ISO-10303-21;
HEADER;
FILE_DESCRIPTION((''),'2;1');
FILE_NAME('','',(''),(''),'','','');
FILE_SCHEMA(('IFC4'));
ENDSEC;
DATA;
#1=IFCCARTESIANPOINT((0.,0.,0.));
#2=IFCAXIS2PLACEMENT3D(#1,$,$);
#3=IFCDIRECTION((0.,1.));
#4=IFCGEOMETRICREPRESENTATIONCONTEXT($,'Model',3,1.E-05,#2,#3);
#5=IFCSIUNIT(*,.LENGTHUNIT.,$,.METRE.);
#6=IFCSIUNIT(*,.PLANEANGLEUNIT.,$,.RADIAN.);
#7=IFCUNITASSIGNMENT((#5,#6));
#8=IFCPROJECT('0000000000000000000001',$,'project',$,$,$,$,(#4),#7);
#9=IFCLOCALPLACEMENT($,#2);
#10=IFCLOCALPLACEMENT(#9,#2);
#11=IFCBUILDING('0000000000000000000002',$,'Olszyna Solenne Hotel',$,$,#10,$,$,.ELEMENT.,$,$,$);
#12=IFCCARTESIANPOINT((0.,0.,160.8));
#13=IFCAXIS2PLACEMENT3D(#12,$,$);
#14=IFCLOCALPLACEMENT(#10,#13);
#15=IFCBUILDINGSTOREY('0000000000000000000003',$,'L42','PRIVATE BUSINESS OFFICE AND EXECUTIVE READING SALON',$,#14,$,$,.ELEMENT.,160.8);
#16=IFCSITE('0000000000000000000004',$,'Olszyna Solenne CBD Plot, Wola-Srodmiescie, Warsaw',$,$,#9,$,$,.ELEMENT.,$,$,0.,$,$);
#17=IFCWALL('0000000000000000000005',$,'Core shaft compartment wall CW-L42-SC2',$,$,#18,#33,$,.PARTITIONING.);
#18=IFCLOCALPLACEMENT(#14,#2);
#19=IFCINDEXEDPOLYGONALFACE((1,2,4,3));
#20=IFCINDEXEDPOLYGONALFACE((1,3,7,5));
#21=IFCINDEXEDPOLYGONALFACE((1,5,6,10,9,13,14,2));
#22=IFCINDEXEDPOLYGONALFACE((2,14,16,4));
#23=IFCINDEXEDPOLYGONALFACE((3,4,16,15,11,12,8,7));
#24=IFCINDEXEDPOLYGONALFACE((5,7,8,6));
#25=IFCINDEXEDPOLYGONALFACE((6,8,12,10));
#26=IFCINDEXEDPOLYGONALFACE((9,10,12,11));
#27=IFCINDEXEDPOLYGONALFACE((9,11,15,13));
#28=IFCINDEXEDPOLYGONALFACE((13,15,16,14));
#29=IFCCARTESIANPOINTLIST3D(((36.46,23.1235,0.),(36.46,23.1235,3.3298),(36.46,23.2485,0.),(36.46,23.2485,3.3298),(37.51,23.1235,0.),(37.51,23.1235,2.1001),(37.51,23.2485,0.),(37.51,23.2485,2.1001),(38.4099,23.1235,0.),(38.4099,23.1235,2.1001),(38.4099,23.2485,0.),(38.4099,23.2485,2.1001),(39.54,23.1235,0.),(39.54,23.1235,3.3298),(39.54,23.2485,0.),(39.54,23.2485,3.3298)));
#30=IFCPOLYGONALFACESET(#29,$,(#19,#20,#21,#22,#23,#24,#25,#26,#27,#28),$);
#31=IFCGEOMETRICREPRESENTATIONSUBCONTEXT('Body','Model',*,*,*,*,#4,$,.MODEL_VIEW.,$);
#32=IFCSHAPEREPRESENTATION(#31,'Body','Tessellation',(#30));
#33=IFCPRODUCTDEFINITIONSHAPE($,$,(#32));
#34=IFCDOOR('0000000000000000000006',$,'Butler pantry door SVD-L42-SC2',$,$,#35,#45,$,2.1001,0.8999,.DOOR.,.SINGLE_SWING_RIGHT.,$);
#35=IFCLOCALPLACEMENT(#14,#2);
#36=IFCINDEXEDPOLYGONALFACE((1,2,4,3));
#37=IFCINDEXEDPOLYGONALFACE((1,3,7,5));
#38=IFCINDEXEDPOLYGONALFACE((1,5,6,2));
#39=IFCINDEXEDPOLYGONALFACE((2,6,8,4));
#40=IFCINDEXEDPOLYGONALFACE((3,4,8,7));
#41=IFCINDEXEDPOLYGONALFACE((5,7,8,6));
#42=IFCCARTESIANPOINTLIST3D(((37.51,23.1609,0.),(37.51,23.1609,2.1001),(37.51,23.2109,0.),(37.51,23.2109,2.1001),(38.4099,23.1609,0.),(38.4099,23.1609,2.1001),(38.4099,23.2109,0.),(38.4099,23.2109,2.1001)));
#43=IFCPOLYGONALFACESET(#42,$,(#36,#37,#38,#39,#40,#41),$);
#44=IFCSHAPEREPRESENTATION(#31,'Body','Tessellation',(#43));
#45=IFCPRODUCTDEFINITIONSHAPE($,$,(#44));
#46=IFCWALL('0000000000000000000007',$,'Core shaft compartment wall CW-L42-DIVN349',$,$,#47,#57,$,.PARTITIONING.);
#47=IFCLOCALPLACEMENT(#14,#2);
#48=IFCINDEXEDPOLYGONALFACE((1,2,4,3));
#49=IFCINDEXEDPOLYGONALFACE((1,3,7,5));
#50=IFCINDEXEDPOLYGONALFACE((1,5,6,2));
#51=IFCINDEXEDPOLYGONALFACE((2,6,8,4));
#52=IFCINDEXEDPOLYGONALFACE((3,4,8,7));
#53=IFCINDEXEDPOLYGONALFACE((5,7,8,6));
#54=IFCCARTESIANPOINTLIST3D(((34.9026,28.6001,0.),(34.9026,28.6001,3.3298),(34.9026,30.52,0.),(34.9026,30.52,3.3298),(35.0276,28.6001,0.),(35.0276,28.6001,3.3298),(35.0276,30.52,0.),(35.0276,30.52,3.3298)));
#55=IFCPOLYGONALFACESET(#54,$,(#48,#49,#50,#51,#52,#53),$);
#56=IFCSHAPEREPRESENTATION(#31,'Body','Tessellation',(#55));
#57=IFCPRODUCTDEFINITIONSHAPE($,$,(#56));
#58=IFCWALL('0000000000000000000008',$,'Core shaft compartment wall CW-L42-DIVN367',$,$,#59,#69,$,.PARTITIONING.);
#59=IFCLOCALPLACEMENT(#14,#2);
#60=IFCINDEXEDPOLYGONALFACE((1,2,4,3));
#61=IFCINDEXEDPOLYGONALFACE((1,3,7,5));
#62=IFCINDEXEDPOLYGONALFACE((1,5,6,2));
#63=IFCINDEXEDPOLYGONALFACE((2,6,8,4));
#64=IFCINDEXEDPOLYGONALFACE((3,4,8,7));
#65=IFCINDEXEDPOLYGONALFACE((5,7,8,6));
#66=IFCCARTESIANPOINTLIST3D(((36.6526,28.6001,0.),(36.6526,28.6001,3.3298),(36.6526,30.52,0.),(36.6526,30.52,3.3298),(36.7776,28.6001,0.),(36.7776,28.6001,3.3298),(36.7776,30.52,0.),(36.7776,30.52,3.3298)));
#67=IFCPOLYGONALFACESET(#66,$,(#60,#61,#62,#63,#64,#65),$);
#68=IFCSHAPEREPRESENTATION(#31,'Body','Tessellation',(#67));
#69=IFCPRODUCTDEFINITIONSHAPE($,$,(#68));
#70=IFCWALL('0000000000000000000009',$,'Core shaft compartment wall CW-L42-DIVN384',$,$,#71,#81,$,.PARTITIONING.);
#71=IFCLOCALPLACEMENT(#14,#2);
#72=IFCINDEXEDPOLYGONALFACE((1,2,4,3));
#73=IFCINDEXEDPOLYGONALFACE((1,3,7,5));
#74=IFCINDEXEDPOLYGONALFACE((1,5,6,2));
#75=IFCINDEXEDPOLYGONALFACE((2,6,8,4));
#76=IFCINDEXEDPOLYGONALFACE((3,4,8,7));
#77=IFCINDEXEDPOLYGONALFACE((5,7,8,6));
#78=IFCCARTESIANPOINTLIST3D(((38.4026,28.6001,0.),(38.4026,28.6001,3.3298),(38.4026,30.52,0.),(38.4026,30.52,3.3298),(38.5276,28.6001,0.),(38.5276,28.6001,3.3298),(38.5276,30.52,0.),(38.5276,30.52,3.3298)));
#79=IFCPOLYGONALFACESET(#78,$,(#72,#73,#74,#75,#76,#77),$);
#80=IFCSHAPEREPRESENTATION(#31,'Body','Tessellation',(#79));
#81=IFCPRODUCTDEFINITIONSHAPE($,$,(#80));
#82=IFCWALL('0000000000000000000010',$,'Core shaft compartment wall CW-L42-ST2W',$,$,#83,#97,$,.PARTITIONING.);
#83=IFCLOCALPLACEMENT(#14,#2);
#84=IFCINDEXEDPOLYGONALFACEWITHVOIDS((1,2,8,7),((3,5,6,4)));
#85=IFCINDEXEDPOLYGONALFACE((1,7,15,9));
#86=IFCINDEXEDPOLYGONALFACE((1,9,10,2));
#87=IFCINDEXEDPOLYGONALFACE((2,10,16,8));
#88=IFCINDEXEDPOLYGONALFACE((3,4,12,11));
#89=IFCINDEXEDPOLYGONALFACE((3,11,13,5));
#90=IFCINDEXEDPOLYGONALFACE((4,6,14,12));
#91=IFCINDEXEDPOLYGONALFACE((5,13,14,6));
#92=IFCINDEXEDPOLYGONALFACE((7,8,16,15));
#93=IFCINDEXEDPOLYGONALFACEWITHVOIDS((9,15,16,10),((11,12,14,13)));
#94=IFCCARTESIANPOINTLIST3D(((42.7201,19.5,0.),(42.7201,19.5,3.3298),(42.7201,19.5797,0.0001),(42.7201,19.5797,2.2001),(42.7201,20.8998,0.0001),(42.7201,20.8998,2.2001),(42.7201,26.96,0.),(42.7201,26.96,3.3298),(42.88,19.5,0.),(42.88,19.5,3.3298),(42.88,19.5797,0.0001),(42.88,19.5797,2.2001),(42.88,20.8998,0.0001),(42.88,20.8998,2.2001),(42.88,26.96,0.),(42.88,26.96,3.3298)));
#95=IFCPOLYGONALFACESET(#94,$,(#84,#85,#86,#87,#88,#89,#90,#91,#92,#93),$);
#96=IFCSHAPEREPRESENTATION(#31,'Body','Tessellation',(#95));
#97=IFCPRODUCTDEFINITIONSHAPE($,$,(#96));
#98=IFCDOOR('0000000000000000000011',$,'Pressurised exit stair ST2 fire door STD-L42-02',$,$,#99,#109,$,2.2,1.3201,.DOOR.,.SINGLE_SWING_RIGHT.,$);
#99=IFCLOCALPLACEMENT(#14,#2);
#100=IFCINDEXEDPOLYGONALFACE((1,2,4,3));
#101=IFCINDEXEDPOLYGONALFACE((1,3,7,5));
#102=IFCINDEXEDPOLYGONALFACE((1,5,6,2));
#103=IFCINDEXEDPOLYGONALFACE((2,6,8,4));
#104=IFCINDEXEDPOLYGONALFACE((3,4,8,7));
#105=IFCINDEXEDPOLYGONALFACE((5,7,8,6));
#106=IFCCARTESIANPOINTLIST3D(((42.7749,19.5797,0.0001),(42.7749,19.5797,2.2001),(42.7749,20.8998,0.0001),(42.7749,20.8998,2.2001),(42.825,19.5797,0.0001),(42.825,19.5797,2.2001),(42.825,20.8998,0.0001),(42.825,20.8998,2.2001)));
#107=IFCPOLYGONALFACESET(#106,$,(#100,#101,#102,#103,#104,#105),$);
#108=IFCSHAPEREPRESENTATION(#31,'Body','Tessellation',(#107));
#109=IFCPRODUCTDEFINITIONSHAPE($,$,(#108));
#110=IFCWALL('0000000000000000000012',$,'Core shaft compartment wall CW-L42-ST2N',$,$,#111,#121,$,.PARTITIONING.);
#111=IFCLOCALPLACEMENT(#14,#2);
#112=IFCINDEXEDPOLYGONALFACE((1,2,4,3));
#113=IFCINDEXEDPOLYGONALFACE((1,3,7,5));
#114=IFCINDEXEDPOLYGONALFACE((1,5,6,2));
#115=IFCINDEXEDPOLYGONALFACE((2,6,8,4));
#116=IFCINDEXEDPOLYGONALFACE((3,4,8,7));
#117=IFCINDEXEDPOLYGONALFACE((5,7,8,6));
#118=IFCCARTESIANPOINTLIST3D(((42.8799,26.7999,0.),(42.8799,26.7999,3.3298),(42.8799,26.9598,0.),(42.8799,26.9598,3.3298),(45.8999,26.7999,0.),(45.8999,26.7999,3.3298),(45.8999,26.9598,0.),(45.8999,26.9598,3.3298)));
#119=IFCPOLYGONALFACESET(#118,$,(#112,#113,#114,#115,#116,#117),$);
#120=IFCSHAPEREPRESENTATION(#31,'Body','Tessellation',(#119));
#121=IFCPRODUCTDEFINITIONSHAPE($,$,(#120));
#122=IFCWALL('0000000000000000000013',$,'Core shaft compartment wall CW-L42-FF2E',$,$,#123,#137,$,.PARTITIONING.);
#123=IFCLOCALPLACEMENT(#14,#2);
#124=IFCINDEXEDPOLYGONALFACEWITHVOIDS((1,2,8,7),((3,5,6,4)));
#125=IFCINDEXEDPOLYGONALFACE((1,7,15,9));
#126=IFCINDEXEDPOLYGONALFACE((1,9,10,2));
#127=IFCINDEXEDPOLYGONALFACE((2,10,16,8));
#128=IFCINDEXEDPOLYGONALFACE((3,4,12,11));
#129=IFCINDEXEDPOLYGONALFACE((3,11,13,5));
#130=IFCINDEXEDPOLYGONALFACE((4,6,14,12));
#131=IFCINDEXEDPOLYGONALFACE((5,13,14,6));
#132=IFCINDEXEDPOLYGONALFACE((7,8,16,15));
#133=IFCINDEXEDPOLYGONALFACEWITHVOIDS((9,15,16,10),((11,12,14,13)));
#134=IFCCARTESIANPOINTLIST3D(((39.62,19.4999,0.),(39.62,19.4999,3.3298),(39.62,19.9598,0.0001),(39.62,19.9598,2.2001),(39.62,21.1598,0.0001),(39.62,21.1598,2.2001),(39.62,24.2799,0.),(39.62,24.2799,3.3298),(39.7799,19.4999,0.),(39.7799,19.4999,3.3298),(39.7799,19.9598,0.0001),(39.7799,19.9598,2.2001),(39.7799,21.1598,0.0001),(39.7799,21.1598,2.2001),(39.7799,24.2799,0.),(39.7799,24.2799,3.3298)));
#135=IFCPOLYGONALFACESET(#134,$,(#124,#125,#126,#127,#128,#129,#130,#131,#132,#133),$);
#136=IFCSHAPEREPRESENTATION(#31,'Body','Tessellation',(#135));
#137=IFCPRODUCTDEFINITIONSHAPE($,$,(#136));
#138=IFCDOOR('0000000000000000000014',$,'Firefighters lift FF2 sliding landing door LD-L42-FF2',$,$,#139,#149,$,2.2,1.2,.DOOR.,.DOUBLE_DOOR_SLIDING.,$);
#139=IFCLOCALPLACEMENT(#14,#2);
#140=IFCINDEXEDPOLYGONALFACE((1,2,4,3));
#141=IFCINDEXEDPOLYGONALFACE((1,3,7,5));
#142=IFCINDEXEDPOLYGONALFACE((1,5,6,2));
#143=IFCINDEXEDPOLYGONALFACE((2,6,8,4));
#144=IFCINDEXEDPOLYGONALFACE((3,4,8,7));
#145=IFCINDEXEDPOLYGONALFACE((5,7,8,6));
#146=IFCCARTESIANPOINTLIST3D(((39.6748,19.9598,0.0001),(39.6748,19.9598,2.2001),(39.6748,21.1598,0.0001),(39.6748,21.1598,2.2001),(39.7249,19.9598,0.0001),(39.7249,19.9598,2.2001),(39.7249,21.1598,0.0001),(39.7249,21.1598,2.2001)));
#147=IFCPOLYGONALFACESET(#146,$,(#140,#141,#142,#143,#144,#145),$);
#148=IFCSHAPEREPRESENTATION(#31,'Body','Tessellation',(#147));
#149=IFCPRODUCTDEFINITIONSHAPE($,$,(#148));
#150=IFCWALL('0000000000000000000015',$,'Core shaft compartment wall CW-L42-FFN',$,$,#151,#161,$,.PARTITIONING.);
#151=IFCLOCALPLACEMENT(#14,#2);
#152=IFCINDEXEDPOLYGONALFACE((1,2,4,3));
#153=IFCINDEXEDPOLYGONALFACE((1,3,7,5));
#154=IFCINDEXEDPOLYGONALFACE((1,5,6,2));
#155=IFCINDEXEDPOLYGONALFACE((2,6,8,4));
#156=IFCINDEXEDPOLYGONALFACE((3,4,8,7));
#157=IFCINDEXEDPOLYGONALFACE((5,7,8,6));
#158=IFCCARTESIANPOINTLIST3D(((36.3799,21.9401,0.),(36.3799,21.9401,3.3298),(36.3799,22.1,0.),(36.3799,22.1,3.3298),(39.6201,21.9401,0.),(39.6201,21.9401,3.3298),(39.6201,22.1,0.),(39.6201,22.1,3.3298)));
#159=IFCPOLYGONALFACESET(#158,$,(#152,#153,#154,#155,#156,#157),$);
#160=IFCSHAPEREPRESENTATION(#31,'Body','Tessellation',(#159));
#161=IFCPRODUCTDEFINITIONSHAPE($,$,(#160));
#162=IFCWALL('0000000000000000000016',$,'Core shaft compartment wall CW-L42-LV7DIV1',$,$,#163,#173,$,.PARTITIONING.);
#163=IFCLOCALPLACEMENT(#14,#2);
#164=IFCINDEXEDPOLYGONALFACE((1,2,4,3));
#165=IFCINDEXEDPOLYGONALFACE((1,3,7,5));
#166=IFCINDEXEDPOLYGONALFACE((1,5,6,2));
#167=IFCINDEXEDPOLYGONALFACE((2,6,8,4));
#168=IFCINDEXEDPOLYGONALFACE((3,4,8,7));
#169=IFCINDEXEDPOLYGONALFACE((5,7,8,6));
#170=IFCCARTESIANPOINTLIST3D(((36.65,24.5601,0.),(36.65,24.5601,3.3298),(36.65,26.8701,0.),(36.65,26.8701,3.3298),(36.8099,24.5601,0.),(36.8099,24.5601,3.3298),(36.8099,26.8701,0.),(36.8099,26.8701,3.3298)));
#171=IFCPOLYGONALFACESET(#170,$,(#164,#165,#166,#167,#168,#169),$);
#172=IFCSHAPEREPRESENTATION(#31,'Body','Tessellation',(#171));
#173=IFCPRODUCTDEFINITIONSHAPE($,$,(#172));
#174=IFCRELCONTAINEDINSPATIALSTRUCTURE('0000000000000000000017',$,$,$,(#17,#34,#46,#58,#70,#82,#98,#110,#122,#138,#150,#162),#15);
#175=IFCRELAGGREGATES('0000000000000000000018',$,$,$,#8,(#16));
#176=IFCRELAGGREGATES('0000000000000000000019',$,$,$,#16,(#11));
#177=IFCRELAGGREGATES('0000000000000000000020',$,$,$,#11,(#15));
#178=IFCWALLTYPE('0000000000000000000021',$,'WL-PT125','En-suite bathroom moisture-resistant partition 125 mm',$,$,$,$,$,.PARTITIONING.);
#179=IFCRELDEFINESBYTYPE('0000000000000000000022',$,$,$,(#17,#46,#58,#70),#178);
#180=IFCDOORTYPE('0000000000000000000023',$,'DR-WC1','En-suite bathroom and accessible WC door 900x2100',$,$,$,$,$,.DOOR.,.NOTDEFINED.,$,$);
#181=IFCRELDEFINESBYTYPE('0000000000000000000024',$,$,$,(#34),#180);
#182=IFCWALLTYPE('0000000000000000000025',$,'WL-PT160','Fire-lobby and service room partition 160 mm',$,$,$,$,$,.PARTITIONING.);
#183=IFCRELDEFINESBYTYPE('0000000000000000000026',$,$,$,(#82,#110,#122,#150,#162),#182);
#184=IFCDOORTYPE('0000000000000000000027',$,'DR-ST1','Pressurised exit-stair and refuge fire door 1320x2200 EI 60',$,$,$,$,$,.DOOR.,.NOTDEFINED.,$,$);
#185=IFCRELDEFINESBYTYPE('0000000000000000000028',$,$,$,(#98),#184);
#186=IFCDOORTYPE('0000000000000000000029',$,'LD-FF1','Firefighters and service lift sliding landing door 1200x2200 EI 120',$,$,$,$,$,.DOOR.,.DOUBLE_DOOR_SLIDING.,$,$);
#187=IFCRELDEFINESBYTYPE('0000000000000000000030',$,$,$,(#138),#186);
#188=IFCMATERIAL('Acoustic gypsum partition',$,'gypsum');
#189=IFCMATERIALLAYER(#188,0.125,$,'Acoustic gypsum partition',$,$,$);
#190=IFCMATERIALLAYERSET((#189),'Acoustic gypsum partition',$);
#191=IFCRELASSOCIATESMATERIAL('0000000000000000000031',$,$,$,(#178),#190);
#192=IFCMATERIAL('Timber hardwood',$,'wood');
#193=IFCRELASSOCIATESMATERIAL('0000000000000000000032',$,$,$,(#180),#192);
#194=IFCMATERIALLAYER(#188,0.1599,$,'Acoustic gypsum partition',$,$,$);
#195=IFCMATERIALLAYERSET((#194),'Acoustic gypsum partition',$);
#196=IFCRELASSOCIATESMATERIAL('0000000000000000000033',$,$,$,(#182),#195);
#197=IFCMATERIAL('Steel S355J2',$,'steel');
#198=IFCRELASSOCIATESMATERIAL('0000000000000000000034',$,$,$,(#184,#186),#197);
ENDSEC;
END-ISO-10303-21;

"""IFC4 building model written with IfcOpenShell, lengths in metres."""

from ifc_helpers import new_model, si_unit, direction, frame, frame_2d, origin, place, context, subcontext, project, spatial, rectangle, extrude, source, transform, mapped, material, layer, layer_set, type_object, type_shapes, element, fill, save


model = new_model("IFC4")

# Units and contexts
model_context = context("Model", 3, precision=1e-05, world=origin(), true_north=direction((0.0, 1.0)))
body_context = subcontext(model_context, "Body", "Model", "MODEL_VIEW")
ifc_project = project(units=[si_unit("LENGTHUNIT", "METRE"), si_unit("PLANEANGLEUNIT", "RADIAN")], contexts=[model_context])

# Site, building, storey
site_placement = place(None, origin())
site = spatial("IfcSite", under=ifc_project, at=site_placement, Name="Olszyna Solenne CBD Plot, Wola-Srodmiescie, Warsaw", CompositionType="ELEMENT", RefElevation=0.0)
building_placement = place(site_placement, origin())
building = spatial("IfcBuilding", under=site, at=building_placement, Name="Olszyna Solenne Hotel", CompositionType="ELEMENT")
storey_placement = place(building_placement, frame((0.0, 0.0, 160.8)))
storey = spatial("IfcBuildingStorey", under=building, at=storey_placement, Name="L42", Description="PRIVATE BUSINESS OFFICE AND EXECUTIVE READING SALON", CompositionType="ELEMENT", Elevation=160.8)

# Shared definitions
ifc_material_1 = material(Name="Steel S355J2", Category="steel")

# Wall, opening, door
ifc_material_2 = material(Name="Acoustic gypsum partition", Category="gypsum")
ifc_layer_1 = layer(ifc_material_2, 0.125, Name="Acoustic gypsum partition")
ifc_layer_set_1 = layer_set([ifc_layer_1], Name="Acoustic gypsum partition")
wall_type_1 = type_object("IfcWallType", Name="WL-PT125", Description="En-suite bathroom moisture-resistant partition 125 mm", PredefinedType="PARTITIONING", material=ifc_layer_set_1)
wall_1_placement = place(storey_placement, frame((36.46, 23.186, 0.0), z_axis=(0.0, 0.0, 1.0), x_axis=(1.0, 0.0, 0.0)))
wall_1 = element("IfcWall", 1, at=wall_1_placement, inside=storey, type_object=wall_type_1, Name="Core shaft compartment wall CW-L42-SC2", PredefinedType="PARTITIONING", context=body_context, shape_type="SweptSolid", body=[
    extrude(rectangle(XDim=3.0801, YDim=0.125, at=frame_2d((1.54, 0.0))), origin(), (0.0, 0.0, 1.0), 3.3298),
])
opening_1_placement = place(wall_1_placement, frame((1.05, 0.0, 0.0)))
opening_1 = element("IfcOpeningElement", 2, at=opening_1_placement, cuts=wall_1, PredefinedType="OPENING", context=body_context, shape_type="SweptSolid", body=[
    extrude(rectangle(XDim=0.8999, YDim=2.1001, at=frame_2d((0.45, 1.05))), frame((0.0, 0.0725, 0.0), z_axis=(0.0, -1.0, 0.0), x_axis=(1.0, 0.0, 0.0)), (0.0, 0.0, 1.0), 0.145),
])
ifc_material_3 = material(Name="Timber hardwood", Category="wood")
door_type_1 = type_object("IfcDoorType", Name="DR-WC1", Description="En-suite bathroom and accessible WC door 900x2100", OperationType="NOTDEFINED", PredefinedType="DOOR", material=ifc_material_3)
shared_shape_1 = source(origin(), body_context, "Body", "SweptSolid", [
    extrude(rectangle(XDim=0.8999, YDim=2.1001, at=frame_2d((0.45, 1.05))), frame((0.0, 0.0249, 0.0), z_axis=(0.0, -1.0, 0.0), x_axis=(1.0, 0.0, 0.0)), (0.0, 0.0, 1.0), 0.05),
])
type_shapes(door_type_1, [shared_shape_1])
door_1_placement = place(opening_1_placement, origin())
door_1 = element("IfcDoor", 3, at=door_1_placement, inside=storey, type_object=door_type_1, Name="Butler pantry door SVD-L42-SC2", OperationType="SINGLE_SWING_RIGHT", OverallHeight=2.1001, OverallWidth=0.8999, PredefinedType="DOOR", context=body_context, shape_type="MappedRepresentation", body=[
    mapped(shared_shape_1, transform((0.0, 0.0, 0.0), x_axis=(1.0, 0.0, 0.0), y_axis=(0.0, 1.0, 0.0), z_axis=(0.0, 0.0, 1.0), scale=1.0)),
])
fill(opening_1, door_1)

# Walls
for number, where, z_axis, x_axis, name in (
    (4, (34.9651, 28.6001, 0.0), (0.0, 0.0, 1.0), (0.0, 1.0, 0.0), "Core shaft compartment wall CW-L42-DIVN349"),
    (5, (36.7151, 28.6001, 0.0), (0.0, 0.0, 1.0), (0.0, 1.0, 0.0), "Core shaft compartment wall CW-L42-DIVN367"),
    (6, (38.4651, 28.6001, 0.0), (0.0, 0.0, 1.0), (0.0, 1.0, 0.0), "Core shaft compartment wall CW-L42-DIVN384"),
):
    element("IfcWall", number, at=place(storey_placement, frame(where, z_axis=z_axis, x_axis=x_axis)), inside=storey, type_object=wall_type_1, Name=name, PredefinedType="PARTITIONING", context=body_context, shape_type="SweptSolid", body=[
        extrude(rectangle(XDim=1.9199, YDim=0.125, at=frame_2d((0.96, 0.0))), origin(), (0.0, 0.0, 1.0), 3.3298),
    ])

# Wall, opening, door
ifc_layer_2 = layer(ifc_material_2, 0.1599, Name="Acoustic gypsum partition")
ifc_layer_set_2 = layer_set([ifc_layer_2], Name="Acoustic gypsum partition")
wall_type_2 = type_object("IfcWallType", Name="WL-PT160", Description="Fire-lobby and service room partition 160 mm", PredefinedType="PARTITIONING", material=ifc_layer_set_2)
wall_2_placement = place(storey_placement, frame((42.8, 26.96, 0.0), z_axis=(0.0, 0.0, 1.0), x_axis=(0.0, -1.0, 0.0)))
wall_2 = element("IfcWall", 7, at=wall_2_placement, inside=storey, type_object=wall_type_2, Name="Core shaft compartment wall CW-L42-ST2W", PredefinedType="PARTITIONING", context=body_context, shape_type="SweptSolid", body=[
    extrude(rectangle(XDim=7.46, YDim=0.1599, at=frame_2d((3.73, 0.0))), origin(), (0.0, 0.0, 1.0), 3.3298),
])
opening_2_placement = place(wall_2_placement, frame((6.0601, 0.0, 0.0)))
opening_2 = element("IfcOpeningElement", 8, at=opening_2_placement, cuts=wall_2, PredefinedType="OPENING", context=body_context, shape_type="SweptSolid", body=[
    extrude(rectangle(XDim=1.3201, YDim=2.2, at=frame_2d((0.6602, 1.1001))), frame((0.0, 0.0898, 0.0), z_axis=(0.0, -1.0, 0.0), x_axis=(1.0, 0.0, 0.0)), (0.0, 0.0, 1.0), 0.1799),
])
door_type_2 = type_object("IfcDoorType", Name="DR-ST1", Description="Pressurised exit-stair and refuge fire door 1320x2200 EI 60", OperationType="NOTDEFINED", PredefinedType="DOOR", material=ifc_material_1)
shared_shape_2 = source(origin(), body_context, "Body", "SweptSolid", [
    extrude(rectangle(XDim=1.3201, YDim=2.2, at=frame_2d((0.6602, 1.1001))), frame((0.0, 0.0249, 0.0), z_axis=(0.0, -1.0, 0.0), x_axis=(1.0, 0.0, 0.0)), (0.0, 0.0, 1.0), 0.05),
])
type_shapes(door_type_2, [shared_shape_2])
door_2_placement = place(opening_2_placement, origin())
door_2 = element("IfcDoor", 9, at=door_2_placement, inside=storey, type_object=door_type_2, Name="Pressurised exit stair ST2 fire door STD-L42-02", OperationType="SINGLE_SWING_RIGHT", OverallHeight=2.2, OverallWidth=1.3201, PredefinedType="DOOR", context=body_context, shape_type="MappedRepresentation", body=[
    mapped(shared_shape_2, transform((0.0, 0.0, 0.0), x_axis=(1.0, 0.0, 0.0), y_axis=(0.0, 1.0, 0.0), z_axis=(0.0, 0.0, 1.0), scale=1.0)),
])
fill(opening_2, door_2)

# Wall
wall_3_placement = place(storey_placement, frame((42.8799, 26.8799, 0.0), z_axis=(0.0, 0.0, 1.0), x_axis=(1.0, 0.0, 0.0)))
element("IfcWall", 10, at=wall_3_placement, inside=storey, type_object=wall_type_2, Name="Core shaft compartment wall CW-L42-ST2N", PredefinedType="PARTITIONING", context=body_context, shape_type="SweptSolid", body=[
    extrude(rectangle(XDim=3.02, YDim=0.1599, at=frame_2d((1.51, 0.0))), origin(), (0.0, 0.0, 1.0), 3.3298),
])

# Wall, opening, door
wall_4_placement = place(storey_placement, frame((39.7, 24.28, 0.0), z_axis=(0.0, 0.0, 1.0), x_axis=(0.0, -1.0, 0.0)))
wall_4 = element("IfcWall", 11, at=wall_4_placement, inside=storey, type_object=wall_type_2, Name="Core shaft compartment wall CW-L42-FF2E", PredefinedType="PARTITIONING", context=body_context, shape_type="SweptSolid", body=[
    extrude(rectangle(XDim=4.78, YDim=0.1599, at=frame_2d((2.3901, 0.0))), origin(), (0.0, 0.0, 1.0), 3.3298),
])
opening_3_placement = place(wall_4_placement, frame((3.1201, 0.0, 0.0)))
opening_3 = element("IfcOpeningElement", 12, at=opening_3_placement, cuts=wall_4, PredefinedType="OPENING", context=body_context, shape_type="SweptSolid", body=[
    extrude(rectangle(XDim=1.2, YDim=2.2, at=frame_2d((0.6001, 1.1001))), frame((0.0, 0.0898, 0.0), z_axis=(0.0, -1.0, 0.0), x_axis=(1.0, 0.0, 0.0)), (0.0, 0.0, 1.0), 0.1799),
])
door_type_3 = type_object("IfcDoorType", Name="LD-FF1", Description="Firefighters and service lift sliding landing door 1200x2200 EI 120", OperationType="DOUBLE_DOOR_SLIDING", PredefinedType="DOOR", material=ifc_material_1)
shared_shape_3 = source(origin(), body_context, "Body", "SweptSolid", [
    extrude(rectangle(XDim=1.2, YDim=2.2, at=frame_2d((0.6001, 1.1001))), frame((0.0, 0.0249, 0.0), z_axis=(0.0, -1.0, 0.0), x_axis=(1.0, 0.0, 0.0)), (0.0, 0.0, 1.0), 0.05),
])
type_shapes(door_type_3, [shared_shape_3])
door_3_placement = place(opening_3_placement, origin())
door_3 = element("IfcDoor", 13, at=door_3_placement, inside=storey, type_object=door_type_3, Name="Firefighters lift FF2 sliding landing door LD-L42-FF2", OperationType="DOUBLE_DOOR_SLIDING", OverallHeight=2.2, OverallWidth=1.2, PredefinedType="DOOR", context=body_context, shape_type="MappedRepresentation", body=[
    mapped(shared_shape_3, transform((0.0, 0.0, 0.0), x_axis=(1.0, 0.0, 0.0), y_axis=(0.0, 1.0, 0.0), z_axis=(0.0, 0.0, 1.0), scale=1.0)),
])
fill(opening_3, door_3)

# Walls
wall_5_placement = place(storey_placement, frame((36.3799, 22.02, 0.0), z_axis=(0.0, 0.0, 1.0), x_axis=(1.0, 0.0, 0.0)))
element("IfcWall", 14, at=wall_5_placement, inside=storey, type_object=wall_type_2, Name="Core shaft compartment wall CW-L42-FFN", PredefinedType="PARTITIONING", context=body_context, shape_type="SweptSolid", body=[
    extrude(rectangle(XDim=3.2402, YDim=0.1599, at=frame_2d((1.6201, 0.0))), origin(), (0.0, 0.0, 1.0), 3.3298),
])
for number, where, z_axis, x_axis, name in (
    (15, (36.73, 24.5601, 0.0), (0.0, 0.0, 1.0), (0.0, 1.0, 0.0), "Core shaft compartment wall CW-L42-LV7DIV1"),
):
    element("IfcWall", number, at=place(storey_placement, frame(where, z_axis=z_axis, x_axis=x_axis)), inside=storey, type_object=wall_type_2, Name=name, PredefinedType="PARTITIONING", context=body_context, shape_type="SweptSolid", body=[
        extrude(rectangle(XDim=2.3101, YDim=0.1599, at=frame_2d((1.155, 0.0))), origin(), (0.0, 0.0, 1.0), 3.3298),
    ])

save(model, "model.ifc")
